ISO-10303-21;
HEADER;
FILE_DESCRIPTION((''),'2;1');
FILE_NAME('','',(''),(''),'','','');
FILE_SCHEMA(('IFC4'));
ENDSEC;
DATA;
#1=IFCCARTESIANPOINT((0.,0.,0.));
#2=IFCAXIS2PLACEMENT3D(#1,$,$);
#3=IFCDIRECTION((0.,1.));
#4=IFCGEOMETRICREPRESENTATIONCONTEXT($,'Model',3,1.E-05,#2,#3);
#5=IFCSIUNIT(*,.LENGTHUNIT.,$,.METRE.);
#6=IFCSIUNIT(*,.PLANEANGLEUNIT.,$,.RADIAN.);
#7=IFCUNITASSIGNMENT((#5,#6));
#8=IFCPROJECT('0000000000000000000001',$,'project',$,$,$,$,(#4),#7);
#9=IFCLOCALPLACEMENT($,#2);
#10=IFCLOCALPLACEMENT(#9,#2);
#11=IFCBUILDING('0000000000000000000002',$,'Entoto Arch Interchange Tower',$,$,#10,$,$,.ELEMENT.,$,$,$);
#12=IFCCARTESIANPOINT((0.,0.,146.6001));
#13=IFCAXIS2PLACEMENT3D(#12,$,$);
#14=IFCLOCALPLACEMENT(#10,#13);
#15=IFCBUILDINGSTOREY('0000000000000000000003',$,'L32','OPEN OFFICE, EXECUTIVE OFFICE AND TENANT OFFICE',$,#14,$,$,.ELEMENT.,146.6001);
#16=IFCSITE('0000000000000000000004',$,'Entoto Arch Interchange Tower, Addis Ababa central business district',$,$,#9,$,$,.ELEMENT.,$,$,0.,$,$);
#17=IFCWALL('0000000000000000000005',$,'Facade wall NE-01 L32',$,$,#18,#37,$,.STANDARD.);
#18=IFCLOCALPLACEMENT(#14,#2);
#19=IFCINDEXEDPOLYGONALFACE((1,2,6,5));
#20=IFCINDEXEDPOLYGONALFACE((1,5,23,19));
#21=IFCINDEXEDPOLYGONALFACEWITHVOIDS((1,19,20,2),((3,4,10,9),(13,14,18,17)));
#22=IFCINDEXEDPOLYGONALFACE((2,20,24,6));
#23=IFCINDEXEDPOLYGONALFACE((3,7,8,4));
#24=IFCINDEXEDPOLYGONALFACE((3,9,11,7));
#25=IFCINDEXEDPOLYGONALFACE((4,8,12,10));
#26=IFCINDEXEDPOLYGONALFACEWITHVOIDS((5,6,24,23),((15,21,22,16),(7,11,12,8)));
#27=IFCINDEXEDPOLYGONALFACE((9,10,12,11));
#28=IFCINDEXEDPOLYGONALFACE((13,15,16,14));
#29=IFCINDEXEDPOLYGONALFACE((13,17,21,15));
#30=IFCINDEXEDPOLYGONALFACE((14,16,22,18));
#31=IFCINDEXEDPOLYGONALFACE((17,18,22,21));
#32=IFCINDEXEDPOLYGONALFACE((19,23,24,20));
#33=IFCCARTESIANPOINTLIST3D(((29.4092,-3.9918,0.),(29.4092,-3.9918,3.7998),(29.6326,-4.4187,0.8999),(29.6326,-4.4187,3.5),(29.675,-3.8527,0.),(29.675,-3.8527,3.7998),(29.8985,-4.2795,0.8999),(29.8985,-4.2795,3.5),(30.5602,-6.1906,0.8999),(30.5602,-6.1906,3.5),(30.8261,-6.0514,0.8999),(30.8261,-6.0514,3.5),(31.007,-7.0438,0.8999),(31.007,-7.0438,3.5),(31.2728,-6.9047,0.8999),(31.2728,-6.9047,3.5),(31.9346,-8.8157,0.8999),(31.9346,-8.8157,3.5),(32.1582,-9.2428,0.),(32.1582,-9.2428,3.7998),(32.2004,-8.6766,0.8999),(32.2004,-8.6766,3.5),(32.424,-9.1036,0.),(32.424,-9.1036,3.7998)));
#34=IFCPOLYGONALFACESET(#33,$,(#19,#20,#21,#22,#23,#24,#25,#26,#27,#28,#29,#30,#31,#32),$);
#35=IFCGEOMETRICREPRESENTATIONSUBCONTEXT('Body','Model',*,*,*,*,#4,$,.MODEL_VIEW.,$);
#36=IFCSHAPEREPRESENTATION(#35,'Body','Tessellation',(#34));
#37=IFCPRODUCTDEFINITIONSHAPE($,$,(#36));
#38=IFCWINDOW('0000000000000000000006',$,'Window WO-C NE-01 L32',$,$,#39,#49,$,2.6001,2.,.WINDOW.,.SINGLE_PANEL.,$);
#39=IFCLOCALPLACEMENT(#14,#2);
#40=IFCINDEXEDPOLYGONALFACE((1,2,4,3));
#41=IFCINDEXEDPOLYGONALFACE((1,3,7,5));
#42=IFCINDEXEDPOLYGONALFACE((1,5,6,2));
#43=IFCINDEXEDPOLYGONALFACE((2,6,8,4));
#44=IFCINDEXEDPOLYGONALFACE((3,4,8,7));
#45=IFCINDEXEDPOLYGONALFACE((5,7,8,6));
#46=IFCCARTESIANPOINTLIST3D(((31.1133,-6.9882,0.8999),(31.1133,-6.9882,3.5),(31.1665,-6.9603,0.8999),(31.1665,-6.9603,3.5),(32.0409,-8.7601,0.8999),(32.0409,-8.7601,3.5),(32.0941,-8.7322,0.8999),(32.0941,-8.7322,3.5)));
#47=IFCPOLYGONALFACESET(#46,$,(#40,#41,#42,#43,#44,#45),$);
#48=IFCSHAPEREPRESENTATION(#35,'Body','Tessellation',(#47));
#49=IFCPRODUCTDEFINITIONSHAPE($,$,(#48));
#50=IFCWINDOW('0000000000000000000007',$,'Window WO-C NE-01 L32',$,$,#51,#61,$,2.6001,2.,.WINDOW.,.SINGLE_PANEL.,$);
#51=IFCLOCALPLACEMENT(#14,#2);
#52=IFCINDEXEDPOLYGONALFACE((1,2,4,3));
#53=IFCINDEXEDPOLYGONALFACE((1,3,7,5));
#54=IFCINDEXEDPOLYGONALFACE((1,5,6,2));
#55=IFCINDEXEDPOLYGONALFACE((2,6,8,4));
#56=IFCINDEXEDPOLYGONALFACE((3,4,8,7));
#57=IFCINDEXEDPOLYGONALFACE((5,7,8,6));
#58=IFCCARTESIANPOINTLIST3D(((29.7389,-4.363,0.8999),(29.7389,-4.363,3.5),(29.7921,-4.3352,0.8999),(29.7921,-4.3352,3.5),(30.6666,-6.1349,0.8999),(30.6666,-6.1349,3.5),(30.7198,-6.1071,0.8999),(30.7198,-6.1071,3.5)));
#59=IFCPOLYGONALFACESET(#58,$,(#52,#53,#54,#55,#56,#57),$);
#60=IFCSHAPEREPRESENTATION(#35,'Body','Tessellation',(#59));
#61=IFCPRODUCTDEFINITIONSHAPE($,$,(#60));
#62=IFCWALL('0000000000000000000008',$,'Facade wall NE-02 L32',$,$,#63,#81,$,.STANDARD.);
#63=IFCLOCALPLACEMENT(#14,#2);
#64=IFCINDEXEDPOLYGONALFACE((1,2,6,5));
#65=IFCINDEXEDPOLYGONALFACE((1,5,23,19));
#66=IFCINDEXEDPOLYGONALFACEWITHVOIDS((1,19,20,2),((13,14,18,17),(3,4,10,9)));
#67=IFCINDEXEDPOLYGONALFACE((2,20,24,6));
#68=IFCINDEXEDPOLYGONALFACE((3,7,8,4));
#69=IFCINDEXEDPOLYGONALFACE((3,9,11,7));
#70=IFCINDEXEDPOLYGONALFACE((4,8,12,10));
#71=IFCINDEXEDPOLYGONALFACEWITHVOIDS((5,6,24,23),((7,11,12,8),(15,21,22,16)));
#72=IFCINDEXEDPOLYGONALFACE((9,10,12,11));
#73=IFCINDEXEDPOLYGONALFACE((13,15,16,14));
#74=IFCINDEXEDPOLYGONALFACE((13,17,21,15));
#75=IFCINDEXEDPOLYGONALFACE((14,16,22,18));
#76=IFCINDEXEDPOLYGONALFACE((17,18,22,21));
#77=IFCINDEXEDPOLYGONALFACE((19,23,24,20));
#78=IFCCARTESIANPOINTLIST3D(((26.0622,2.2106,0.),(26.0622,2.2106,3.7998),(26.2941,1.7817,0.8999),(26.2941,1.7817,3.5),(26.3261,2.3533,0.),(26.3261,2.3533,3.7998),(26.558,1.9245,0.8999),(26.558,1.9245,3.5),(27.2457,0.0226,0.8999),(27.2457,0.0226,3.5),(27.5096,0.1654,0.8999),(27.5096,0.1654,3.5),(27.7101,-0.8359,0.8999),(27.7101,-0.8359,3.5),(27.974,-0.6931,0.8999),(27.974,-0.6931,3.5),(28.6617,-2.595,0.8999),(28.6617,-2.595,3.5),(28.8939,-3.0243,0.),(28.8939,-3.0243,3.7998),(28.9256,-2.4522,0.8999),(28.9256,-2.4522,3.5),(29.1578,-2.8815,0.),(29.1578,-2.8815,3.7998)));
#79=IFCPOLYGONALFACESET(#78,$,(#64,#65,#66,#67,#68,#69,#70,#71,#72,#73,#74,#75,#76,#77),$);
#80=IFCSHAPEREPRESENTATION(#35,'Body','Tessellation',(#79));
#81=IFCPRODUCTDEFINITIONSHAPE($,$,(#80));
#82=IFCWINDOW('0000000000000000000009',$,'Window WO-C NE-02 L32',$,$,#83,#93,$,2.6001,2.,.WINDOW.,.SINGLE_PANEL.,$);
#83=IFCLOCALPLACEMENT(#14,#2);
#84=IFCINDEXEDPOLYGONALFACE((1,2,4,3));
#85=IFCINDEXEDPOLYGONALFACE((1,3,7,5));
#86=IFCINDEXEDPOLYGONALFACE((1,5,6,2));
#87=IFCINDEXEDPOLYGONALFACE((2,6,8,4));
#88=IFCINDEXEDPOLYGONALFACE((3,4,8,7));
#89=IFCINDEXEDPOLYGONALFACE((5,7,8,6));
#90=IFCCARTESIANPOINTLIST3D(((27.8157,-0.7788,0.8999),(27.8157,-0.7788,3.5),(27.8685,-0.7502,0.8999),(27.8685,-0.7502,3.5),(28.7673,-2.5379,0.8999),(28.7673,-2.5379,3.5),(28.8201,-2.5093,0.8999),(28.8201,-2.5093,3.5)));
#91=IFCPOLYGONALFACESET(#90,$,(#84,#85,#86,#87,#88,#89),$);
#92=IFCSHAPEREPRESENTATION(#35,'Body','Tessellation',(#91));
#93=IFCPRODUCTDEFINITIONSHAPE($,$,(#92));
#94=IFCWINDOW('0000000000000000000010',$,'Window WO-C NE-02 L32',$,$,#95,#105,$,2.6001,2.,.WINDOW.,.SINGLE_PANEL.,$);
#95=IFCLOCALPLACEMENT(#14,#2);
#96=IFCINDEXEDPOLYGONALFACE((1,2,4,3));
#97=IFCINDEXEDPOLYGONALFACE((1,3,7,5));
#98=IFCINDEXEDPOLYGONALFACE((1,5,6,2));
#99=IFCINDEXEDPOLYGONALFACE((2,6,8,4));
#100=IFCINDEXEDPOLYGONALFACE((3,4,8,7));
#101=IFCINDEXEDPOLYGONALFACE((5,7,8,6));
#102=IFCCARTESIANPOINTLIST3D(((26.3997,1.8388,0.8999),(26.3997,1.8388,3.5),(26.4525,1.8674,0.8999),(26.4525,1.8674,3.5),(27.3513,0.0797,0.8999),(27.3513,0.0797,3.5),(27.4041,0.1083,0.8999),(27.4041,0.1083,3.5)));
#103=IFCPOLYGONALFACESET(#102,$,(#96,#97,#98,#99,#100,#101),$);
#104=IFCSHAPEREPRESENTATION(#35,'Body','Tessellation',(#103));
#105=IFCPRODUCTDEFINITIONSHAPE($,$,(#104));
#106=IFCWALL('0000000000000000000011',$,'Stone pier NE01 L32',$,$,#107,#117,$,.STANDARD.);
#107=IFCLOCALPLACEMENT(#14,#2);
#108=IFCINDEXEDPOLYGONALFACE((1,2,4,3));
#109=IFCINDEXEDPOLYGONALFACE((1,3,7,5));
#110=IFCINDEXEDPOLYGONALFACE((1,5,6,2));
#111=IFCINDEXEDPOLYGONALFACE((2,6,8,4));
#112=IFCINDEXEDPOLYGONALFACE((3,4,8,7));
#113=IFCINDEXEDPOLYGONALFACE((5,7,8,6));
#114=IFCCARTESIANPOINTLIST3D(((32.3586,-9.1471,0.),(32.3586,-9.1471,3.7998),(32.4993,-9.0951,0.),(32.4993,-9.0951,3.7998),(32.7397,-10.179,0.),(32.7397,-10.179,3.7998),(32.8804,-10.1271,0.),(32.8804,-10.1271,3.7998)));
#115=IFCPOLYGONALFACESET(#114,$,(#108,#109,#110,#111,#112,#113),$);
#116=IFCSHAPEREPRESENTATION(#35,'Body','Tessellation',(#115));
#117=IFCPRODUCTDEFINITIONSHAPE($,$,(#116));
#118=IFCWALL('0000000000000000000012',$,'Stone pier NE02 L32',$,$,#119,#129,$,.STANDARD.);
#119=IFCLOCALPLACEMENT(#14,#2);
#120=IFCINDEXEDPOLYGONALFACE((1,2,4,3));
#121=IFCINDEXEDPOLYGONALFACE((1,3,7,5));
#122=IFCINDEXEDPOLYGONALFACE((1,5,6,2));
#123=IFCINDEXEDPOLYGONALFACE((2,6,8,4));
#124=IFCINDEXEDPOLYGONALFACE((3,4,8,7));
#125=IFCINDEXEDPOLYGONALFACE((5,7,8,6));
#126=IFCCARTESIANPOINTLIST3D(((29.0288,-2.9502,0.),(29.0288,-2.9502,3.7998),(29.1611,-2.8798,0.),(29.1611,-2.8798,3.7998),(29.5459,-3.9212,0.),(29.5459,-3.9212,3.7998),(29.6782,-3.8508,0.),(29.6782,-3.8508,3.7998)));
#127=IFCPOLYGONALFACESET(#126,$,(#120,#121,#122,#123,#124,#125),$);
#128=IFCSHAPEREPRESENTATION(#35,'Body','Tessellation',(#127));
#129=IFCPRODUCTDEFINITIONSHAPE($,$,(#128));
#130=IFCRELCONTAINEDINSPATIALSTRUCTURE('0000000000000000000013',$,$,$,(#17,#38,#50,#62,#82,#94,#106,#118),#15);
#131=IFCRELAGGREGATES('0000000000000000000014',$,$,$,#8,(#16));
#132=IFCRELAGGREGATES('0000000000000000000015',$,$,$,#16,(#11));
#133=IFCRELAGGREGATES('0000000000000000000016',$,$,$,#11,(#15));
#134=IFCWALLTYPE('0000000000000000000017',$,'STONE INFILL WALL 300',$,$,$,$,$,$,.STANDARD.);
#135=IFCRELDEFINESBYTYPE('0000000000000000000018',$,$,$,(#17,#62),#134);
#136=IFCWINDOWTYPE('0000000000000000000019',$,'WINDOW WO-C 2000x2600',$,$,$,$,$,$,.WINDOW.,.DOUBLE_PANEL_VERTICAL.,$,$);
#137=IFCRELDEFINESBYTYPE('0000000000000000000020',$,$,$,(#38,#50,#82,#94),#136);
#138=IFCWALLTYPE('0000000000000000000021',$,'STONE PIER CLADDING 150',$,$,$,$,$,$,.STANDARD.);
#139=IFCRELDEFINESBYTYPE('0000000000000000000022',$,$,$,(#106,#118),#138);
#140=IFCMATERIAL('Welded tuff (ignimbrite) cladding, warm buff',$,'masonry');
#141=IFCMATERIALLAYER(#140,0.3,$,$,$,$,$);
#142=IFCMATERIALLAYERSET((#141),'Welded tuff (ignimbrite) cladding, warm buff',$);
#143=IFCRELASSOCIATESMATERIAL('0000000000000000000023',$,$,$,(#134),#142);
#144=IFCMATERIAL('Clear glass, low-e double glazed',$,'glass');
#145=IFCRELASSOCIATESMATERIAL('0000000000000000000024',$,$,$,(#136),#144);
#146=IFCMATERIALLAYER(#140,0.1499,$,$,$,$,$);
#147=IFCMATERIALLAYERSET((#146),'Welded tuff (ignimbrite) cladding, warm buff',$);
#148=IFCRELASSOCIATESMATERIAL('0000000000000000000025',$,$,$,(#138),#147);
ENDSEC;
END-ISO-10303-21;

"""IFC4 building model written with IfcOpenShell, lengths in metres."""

from ifc_helpers import new_model, si_unit, direction, frame, frame_2d, origin, place, context, subcontext, project, spatial, rectangle, extrude, material, layer, layer_set, type_object, element, fill, save


model = new_model("IFC4")

# Units and contexts
model_context = context("Model", 3, precision=1e-05, world=origin(), true_north=direction((0.0, 1.0)))
body_context = subcontext(model_context, "Body", "Model", "MODEL_VIEW")
ifc_project = project(units=[si_unit("LENGTHUNIT", "METRE"), si_unit("PLANEANGLEUNIT", "RADIAN")], contexts=[model_context])

# Site, building, storey
site_placement = place(None, origin())
site = spatial("IfcSite", under=ifc_project, at=site_placement, Name="Entoto Arch Interchange Tower, Addis Ababa central business district", CompositionType="ELEMENT", RefElevation=0.0)
building_placement = place(site_placement, origin())
building = spatial("IfcBuilding", under=site, at=building_placement, Name="Entoto Arch Interchange Tower", CompositionType="ELEMENT")
storey_placement = place(building_placement, frame((0.0, 0.0, 146.6001)))
storey = spatial("IfcBuildingStorey", under=building, at=storey_placement, Name="L32", Description="OPEN OFFICE, EXECUTIVE OFFICE AND TENANT OFFICE", CompositionType="ELEMENT", Elevation=146.6001)

# Shared definitions
ifc_material_1 = material(Name="Welded tuff (ignimbrite) cladding, warm buff", Category="masonry")
ifc_layer_1 = layer(ifc_material_1, 0.3)
ifc_layer_set_1 = layer_set([ifc_layer_1], Name="Welded tuff (ignimbrite) cladding, warm buff")
wall_type_1 = type_object("IfcWallType", Name="STONE INFILL WALL 300", PredefinedType="STANDARD", material=ifc_layer_set_1)
ifc_material_2 = material(Name="Clear glass, low-e double glazed", Category="glass")

# Walls, openings, windows
wall_1_placement = place(storey_placement, frame((32.291, -9.1731, 0.0), z_axis=(0.0, 0.0, 1.0), x_axis=(-0.46381, 0.885935, 0.0)))
wall_1 = element("IfcWall", 1, at=wall_1_placement, inside=storey, type_object=wall_type_1, Name="Facade wall NE-01 L32", PredefinedType="STANDARD", context=body_context, shape_type="SweptSolid", body=[
    extrude(rectangle(XDim=5.927, YDim=0.3, at=frame_2d((2.9634, 0.0))), origin(), (0.0, 0.0, 1.0), 3.7998),
])
opening_1_placement = place(wall_1_placement, frame((0.4819, 0.0, 0.8999)))
opening_1 = element("IfcOpeningElement", 2, at=opening_1_placement, cuts=wall_1, PredefinedType="OPENING", context=body_context, shape_type="SweptSolid", body=[
    extrude(rectangle(XDim=2.0, YDim=2.6001, at=frame_2d((1.0, 1.3))), frame((0.0, 0.1602, 0.0), z_axis=(0.0, -1.0, 0.0), x_axis=(1.0, 0.0, 0.0)), (0.0, 0.0, 1.0), 0.3201),
])
opening_2_placement = place(wall_1_placement, frame((3.4451, 0.0, 0.8999)))
opening_2 = element("IfcOpeningElement", 3, at=opening_2_placement, cuts=wall_1, PredefinedType="OPENING", context=body_context, shape_type="SweptSolid", body=[
    extrude(rectangle(XDim=2.0, YDim=2.6001, at=frame_2d((1.0, 1.3))), frame((0.0, 0.1602, 0.0), z_axis=(0.0, -1.0, 0.0), x_axis=(1.0, 0.0, 0.0)), (0.0, 0.0, 1.0), 0.3201),
])
window_type_1 = type_object("IfcWindowType", Name="WINDOW WO-C 2000x2600", PartitioningType="DOUBLE_PANEL_VERTICAL", PredefinedType="WINDOW", material=ifc_material_2)
window_1_placement = place(opening_1_placement, origin())
window_1 = element("IfcWindow", 4, at=window_1_placement, inside=storey, type_object=window_type_1, Name="Window WO-C NE-01 L32", OverallHeight=2.6001, OverallWidth=2.0, PartitioningType="SINGLE_PANEL", PredefinedType="WINDOW", context=body_context, shape_type="SweptSolid", body=[
    extrude(rectangle(XDim=2.0, YDim=2.6001, at=frame_2d((1.0, 1.3))), frame((0.0, 0.03, 0.0), z_axis=(0.0, -1.0, 0.0), x_axis=(1.0, 0.0, 0.0)), (0.0, 0.0, 1.0), 0.0601),
])
fill(opening_1, window_1)
window_2_placement = place(opening_2_placement, origin())
window_2 = element("IfcWindow", 5, at=window_2_placement, inside=storey, type_object=window_type_1, Name="Window WO-C NE-01 L32", OverallHeight=2.6001, OverallWidth=2.0, PartitioningType="SINGLE_PANEL", PredefinedType="WINDOW", context=body_context, shape_type="SweptSolid", body=[
    extrude(rectangle(XDim=2.0, YDim=2.6001, at=frame_2d((1.0, 1.3))), frame((0.0, 0.03, 0.0), z_axis=(0.0, -1.0, 0.0), x_axis=(1.0, 0.0, 0.0)), (0.0, 0.0, 1.0), 0.0601),
])
fill(opening_2, window_2)
wall_2_placement = place(storey_placement, frame((29.0259, -2.9529, 0.0), z_axis=(0.0, 0.0, 1.0), x_axis=(-0.475794, 0.879557, 0.0)))
wall_2 = element("IfcWall", 6, at=wall_2_placement, inside=storey, type_object=wall_type_1, Name="Facade wall NE-02 L32", PredefinedType="STANDARD", context=body_context, shape_type="SweptSolid", body=[
    extrude(rectangle(XDim=5.9517, YDim=0.3, at=frame_2d((2.9758, 0.0))), origin(), (0.0, 0.0, 1.0), 3.7998),
])
opening_3_placement = place(wall_2_placement, frame((0.488, 0.0, 0.8999)))
opening_3 = element("IfcOpeningElement", 7, at=opening_3_placement, cuts=wall_2, PredefinedType="OPENING", context=body_context, shape_type="SweptSolid", body=[
    extrude(rectangle(XDim=2.0, YDim=2.6001, at=frame_2d((1.0, 1.3))), frame((0.0, 0.1602, 0.0), z_axis=(0.0, -1.0, 0.0), x_axis=(1.0, 0.0, 0.0)), (0.0, 0.0, 1.0), 0.3201),
])
opening_4_placement = place(wall_2_placement, frame((3.4641, 0.0, 0.8999)))
opening_4 = element("IfcOpeningElement", 8, at=opening_4_placement, cuts=wall_2, PredefinedType="OPENING", context=body_context, shape_type="SweptSolid", body=[
    extrude(rectangle(XDim=2.0, YDim=2.6001, at=frame_2d((1.0, 1.3))), frame((0.0, 0.1602, 0.0), z_axis=(0.0, -1.0, 0.0), x_axis=(1.0, 0.0, 0.0)), (0.0, 0.0, 1.0), 0.3201),
])
window_3_placement = place(opening_3_placement, origin())
window_3 = element("IfcWindow", 9, at=window_3_placement, inside=storey, type_object=window_type_1, Name="Window WO-C NE-02 L32", OverallHeight=2.6001, OverallWidth=2.0, PartitioningType="SINGLE_PANEL", PredefinedType="WINDOW", context=body_context, shape_type="SweptSolid", body=[
    extrude(rectangle(XDim=2.0, YDim=2.6001, at=frame_2d((1.0, 1.3))), frame((0.0, 0.03, 0.0), z_axis=(0.0, -1.0, 0.0), x_axis=(1.0, 0.0, 0.0)), (0.0, 0.0, 1.0), 0.0601),
])
fill(opening_3, window_3)
window_4_placement = place(opening_4_placement, origin())
window_4 = element("IfcWindow", 10, at=window_4_placement, inside=storey, type_object=window_type_1, Name="Window WO-C NE-02 L32", OverallHeight=2.6001, OverallWidth=2.0, PartitioningType="SINGLE_PANEL", PredefinedType="WINDOW", context=body_context, shape_type="SweptSolid", body=[
    extrude(rectangle(XDim=2.0, YDim=2.6001, at=frame_2d((1.0, 1.3))), frame((0.0, 0.03, 0.0), z_axis=(0.0, -1.0, 0.0), x_axis=(1.0, 0.0, 0.0)), (0.0, 0.0, 1.0), 0.0601),
])
fill(opening_4, window_4)

# Walls
ifc_layer_2 = layer(ifc_material_1, 0.1499)
ifc_layer_set_2 = layer_set([ifc_layer_2], Name="Welded tuff (ignimbrite) cladding, warm buff")
wall_type_2 = type_object("IfcWallType", Name="STONE PIER CLADDING 150", PredefinedType="STANDARD", material=ifc_layer_set_2)
for number, where, z_axis, x_axis, name in (
    (11, (32.8101, -10.1531, 0.0), (0.0, 0.0, 1.0), (-0.346425, 0.938078, 0.0), "Stone pier NE01 L32"),
    (12, (29.6121, -3.886, 0.0), (0.0, 0.0, 1.0), (-0.470058, 0.882635, 0.0), "Stone pier NE02 L32"),
):
    element("IfcWall", number, at=place(storey_placement, frame(where, z_axis=z_axis, x_axis=x_axis)), inside=storey, type_object=wall_type_2, Name=name, PredefinedType="STANDARD", context=body_context, shape_type="SweptSolid", body=[
        extrude(rectangle(XDim=1.1001, YDim=0.1499, at=frame_2d((0.55, 0.0))), origin(), (0.0, 0.0, 1.0), 3.7998),
    ])

save(model, "model.ifc")
